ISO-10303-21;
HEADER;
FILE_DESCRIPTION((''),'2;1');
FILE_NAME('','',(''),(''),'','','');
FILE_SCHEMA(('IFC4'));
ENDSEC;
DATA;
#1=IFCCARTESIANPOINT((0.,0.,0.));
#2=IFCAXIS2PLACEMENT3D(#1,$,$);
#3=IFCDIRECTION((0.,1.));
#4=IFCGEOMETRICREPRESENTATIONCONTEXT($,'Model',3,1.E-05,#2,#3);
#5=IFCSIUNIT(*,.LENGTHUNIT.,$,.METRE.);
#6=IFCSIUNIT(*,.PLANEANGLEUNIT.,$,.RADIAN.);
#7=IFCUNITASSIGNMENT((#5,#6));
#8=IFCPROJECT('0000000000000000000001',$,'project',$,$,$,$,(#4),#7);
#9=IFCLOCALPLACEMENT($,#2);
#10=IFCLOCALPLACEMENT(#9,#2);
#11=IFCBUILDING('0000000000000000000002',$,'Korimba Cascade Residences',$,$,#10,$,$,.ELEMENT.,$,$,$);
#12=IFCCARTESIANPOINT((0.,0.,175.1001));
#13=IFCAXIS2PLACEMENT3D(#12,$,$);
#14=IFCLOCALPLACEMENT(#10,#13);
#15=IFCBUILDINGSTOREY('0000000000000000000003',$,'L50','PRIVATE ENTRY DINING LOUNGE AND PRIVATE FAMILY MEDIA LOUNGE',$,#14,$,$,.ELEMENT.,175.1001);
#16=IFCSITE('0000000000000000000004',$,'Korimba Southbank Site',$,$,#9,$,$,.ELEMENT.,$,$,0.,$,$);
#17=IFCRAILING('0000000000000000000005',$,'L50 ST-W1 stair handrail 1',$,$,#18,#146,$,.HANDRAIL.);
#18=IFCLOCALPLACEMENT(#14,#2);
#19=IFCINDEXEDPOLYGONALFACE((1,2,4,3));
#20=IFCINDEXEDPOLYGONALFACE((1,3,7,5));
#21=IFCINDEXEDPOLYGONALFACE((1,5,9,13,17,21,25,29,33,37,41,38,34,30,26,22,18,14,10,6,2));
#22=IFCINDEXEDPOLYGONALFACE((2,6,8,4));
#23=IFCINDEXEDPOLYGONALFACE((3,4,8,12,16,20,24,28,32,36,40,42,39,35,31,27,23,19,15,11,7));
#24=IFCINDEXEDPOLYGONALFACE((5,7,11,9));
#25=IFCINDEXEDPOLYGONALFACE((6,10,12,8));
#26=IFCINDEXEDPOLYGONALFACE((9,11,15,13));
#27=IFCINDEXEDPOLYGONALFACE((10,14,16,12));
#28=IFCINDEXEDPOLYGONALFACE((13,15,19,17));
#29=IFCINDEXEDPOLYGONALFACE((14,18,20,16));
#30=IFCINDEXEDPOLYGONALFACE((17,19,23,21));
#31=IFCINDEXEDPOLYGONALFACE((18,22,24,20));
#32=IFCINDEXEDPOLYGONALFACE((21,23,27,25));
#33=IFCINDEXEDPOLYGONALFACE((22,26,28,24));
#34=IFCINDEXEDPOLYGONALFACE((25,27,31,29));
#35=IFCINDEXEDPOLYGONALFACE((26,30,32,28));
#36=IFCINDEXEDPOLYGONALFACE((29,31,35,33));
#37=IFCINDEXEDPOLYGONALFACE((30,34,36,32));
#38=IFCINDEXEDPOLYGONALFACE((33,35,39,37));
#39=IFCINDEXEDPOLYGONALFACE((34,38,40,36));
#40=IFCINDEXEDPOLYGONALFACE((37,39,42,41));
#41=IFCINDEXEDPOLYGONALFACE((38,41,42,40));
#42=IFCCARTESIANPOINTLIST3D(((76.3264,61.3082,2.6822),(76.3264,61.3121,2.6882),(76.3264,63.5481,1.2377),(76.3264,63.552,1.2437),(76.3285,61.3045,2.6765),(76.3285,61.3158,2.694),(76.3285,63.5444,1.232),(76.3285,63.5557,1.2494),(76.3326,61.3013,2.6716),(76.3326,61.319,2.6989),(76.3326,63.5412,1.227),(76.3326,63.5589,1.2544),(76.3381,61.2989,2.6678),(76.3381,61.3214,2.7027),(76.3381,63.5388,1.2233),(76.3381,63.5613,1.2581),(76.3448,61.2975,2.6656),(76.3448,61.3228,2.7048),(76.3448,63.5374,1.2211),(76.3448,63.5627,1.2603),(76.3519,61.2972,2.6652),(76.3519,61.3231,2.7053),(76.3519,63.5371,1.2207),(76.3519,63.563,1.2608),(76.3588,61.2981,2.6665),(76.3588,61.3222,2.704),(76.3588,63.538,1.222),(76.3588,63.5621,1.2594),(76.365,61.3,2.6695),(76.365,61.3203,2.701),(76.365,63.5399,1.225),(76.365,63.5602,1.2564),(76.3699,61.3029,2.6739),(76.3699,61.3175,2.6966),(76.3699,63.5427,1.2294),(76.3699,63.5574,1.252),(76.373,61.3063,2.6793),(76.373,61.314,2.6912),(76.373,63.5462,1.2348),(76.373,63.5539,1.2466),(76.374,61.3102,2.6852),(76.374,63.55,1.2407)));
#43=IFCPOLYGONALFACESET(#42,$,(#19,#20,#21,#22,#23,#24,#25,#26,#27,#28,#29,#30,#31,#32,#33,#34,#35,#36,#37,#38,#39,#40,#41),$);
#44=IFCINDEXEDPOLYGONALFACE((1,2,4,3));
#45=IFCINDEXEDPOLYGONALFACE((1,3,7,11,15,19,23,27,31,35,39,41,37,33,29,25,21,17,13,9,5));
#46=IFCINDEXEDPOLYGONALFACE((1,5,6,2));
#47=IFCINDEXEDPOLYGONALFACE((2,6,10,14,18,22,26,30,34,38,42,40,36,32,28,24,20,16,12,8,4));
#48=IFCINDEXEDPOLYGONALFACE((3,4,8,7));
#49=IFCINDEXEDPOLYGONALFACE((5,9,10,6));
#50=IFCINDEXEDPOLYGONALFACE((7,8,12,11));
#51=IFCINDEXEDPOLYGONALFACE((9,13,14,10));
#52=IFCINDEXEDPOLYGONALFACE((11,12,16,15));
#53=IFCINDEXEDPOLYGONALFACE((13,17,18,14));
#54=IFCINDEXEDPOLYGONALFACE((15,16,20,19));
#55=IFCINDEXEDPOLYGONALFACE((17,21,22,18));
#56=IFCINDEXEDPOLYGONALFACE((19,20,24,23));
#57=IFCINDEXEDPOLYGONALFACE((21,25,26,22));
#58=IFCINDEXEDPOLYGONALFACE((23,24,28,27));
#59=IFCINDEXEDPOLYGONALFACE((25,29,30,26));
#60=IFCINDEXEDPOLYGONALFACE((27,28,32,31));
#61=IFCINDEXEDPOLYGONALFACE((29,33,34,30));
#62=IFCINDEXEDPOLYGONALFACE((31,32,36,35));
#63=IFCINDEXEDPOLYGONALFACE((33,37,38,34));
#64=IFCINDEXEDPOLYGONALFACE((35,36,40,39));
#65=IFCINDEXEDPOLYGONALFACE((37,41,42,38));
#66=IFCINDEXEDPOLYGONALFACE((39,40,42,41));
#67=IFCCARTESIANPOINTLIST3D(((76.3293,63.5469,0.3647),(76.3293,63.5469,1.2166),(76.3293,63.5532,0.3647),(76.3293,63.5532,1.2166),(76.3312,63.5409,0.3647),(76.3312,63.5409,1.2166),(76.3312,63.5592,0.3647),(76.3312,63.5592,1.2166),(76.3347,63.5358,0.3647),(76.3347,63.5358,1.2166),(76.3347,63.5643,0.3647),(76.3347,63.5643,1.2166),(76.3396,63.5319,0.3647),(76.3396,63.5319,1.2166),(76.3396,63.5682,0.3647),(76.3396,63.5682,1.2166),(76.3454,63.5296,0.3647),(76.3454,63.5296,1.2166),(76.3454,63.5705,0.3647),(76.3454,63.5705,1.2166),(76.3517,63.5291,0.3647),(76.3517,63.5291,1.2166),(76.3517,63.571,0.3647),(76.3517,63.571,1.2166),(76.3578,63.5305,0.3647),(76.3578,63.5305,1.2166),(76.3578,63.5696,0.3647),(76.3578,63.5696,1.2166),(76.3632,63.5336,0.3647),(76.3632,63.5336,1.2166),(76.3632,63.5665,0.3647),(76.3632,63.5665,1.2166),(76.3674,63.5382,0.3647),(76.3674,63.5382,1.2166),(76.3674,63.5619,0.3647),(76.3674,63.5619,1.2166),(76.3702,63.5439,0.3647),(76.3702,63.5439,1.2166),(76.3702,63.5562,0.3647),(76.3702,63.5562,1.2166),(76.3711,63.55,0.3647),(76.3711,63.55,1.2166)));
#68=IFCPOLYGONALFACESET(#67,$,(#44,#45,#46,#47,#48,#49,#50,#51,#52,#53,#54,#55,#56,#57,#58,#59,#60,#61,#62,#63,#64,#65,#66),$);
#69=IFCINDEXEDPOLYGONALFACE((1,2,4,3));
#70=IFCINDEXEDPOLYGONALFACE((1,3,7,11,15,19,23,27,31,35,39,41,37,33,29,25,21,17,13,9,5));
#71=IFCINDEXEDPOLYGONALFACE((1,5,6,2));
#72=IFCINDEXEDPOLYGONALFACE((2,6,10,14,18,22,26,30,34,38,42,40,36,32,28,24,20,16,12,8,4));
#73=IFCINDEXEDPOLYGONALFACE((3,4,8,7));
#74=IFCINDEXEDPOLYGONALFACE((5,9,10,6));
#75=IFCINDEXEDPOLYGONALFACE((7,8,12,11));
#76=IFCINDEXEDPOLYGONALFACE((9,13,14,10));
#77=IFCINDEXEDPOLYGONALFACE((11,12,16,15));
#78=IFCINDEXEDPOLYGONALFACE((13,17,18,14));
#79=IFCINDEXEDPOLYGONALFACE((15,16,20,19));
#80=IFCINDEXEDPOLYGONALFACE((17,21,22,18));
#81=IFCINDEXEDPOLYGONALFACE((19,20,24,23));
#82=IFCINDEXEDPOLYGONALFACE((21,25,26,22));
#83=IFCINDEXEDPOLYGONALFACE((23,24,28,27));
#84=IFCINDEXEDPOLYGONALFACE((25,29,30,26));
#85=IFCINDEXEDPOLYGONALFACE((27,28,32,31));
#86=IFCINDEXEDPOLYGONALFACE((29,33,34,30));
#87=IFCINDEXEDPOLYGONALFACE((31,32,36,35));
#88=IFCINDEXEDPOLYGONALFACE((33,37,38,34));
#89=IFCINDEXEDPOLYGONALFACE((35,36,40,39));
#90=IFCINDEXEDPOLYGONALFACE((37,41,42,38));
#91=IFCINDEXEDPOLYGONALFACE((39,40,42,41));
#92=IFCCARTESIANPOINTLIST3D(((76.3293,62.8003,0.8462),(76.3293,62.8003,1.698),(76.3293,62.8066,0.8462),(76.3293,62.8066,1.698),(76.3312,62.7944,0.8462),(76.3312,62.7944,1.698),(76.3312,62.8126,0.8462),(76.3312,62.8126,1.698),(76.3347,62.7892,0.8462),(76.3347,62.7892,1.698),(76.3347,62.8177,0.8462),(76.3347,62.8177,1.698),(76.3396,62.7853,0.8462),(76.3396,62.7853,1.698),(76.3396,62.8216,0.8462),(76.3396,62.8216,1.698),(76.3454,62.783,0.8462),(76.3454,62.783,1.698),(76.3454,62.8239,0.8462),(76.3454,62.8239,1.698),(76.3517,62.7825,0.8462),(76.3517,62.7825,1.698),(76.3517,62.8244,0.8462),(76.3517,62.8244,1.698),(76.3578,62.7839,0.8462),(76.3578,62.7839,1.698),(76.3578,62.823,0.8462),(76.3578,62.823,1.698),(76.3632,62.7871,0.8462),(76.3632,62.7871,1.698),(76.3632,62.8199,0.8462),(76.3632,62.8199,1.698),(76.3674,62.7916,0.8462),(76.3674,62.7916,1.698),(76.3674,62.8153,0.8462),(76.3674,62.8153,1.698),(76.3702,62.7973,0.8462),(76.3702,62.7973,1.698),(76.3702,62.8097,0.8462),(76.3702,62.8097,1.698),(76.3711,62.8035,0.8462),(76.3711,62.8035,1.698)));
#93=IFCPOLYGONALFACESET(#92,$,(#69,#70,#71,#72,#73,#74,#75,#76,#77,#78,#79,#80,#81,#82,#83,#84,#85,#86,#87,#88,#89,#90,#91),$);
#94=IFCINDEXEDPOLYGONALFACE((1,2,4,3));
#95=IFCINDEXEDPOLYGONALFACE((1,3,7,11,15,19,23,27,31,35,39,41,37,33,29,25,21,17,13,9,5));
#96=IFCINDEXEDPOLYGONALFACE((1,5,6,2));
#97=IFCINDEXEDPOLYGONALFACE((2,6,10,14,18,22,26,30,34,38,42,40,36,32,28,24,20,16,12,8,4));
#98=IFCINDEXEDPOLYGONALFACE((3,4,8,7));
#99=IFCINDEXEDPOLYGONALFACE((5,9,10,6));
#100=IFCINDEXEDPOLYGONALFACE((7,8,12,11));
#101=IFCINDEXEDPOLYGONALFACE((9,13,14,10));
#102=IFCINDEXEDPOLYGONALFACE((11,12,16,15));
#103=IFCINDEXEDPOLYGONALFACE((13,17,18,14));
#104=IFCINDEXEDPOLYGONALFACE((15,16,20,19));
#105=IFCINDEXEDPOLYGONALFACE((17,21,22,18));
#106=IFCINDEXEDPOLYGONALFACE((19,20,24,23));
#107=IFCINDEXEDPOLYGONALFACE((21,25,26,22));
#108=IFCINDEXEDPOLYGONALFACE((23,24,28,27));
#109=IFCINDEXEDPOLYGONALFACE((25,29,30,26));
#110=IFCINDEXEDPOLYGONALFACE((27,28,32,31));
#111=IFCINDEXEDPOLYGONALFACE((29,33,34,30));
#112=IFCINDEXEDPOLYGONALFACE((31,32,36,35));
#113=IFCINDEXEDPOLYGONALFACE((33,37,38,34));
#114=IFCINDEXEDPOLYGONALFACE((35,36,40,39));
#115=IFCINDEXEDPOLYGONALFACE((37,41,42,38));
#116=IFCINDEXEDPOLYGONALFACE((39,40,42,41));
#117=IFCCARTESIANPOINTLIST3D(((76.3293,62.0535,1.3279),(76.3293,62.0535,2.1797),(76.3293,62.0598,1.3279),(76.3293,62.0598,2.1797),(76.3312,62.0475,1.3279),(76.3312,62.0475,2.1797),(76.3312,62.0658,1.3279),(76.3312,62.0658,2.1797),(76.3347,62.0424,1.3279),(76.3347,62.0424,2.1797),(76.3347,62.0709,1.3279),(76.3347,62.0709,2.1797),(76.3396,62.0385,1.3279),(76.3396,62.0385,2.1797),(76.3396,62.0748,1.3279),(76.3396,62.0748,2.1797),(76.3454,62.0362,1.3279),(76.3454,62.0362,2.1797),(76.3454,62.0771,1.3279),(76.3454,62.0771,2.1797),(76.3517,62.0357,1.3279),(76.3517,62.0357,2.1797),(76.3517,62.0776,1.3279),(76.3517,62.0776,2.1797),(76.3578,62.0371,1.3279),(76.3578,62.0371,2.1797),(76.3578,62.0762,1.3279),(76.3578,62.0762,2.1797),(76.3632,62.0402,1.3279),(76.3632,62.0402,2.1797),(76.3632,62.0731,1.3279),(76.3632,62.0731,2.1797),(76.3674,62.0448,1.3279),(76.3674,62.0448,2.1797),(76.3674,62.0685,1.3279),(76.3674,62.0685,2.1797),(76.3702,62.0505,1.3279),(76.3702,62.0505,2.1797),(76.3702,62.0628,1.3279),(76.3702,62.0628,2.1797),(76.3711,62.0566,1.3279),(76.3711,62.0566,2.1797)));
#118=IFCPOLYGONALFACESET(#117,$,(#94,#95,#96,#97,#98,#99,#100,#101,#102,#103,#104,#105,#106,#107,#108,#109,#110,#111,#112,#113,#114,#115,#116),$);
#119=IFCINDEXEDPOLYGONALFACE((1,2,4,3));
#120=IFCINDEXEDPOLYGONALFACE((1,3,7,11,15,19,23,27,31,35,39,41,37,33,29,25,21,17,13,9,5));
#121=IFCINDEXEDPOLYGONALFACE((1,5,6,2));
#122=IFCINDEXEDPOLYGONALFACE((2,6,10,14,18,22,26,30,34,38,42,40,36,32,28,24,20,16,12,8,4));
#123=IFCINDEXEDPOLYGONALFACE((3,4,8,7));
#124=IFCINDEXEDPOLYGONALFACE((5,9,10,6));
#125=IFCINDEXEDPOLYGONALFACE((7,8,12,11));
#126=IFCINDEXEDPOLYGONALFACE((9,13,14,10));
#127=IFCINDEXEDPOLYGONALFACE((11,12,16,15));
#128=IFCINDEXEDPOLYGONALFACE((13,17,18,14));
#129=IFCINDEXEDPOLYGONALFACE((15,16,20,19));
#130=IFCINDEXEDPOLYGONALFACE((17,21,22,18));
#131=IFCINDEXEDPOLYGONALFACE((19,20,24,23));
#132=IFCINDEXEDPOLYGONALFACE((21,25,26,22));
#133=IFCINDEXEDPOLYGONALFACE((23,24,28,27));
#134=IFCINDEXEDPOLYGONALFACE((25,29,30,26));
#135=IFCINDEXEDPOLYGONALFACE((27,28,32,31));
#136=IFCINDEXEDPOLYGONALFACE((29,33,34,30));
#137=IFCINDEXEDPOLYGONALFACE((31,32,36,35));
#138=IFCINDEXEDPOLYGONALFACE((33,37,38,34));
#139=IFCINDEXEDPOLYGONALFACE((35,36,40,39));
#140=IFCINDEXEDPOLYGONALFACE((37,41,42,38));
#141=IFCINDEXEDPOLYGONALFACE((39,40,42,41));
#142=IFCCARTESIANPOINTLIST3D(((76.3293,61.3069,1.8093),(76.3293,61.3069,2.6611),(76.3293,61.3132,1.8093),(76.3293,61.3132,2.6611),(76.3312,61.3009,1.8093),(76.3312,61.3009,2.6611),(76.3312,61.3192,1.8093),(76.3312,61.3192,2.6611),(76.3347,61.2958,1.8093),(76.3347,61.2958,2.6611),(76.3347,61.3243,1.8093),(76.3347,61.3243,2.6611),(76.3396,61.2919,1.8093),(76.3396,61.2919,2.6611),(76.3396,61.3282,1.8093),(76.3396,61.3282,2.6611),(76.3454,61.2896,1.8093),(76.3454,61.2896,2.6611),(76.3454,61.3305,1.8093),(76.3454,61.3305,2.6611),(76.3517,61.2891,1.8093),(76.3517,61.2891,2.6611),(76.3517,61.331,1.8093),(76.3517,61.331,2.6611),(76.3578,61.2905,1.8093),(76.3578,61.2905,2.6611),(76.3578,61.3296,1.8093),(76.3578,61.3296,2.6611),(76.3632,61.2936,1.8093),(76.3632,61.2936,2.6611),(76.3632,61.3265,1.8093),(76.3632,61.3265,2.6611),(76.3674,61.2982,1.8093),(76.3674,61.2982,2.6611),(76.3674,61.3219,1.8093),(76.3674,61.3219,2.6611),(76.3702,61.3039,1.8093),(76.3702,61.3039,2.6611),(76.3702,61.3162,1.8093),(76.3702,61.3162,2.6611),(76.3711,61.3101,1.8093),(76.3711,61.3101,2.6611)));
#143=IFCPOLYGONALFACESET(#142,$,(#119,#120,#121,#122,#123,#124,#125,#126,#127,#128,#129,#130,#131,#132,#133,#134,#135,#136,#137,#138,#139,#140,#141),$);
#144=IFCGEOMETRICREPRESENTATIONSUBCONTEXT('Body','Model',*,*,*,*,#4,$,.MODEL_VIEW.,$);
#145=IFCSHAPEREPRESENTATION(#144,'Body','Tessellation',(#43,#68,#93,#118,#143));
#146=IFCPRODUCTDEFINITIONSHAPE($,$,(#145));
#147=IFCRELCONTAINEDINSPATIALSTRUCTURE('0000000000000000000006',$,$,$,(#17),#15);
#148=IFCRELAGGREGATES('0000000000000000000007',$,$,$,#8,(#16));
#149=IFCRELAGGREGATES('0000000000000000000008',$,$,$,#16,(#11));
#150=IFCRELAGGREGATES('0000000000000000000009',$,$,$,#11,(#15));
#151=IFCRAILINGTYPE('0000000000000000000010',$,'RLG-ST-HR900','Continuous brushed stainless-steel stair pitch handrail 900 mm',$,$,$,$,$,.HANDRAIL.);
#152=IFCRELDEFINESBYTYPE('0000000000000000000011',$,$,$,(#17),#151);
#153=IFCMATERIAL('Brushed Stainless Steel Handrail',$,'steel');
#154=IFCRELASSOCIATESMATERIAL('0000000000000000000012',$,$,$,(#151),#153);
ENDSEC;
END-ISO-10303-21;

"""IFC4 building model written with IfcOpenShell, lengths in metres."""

from ifc_helpers import new_model, si_unit, direction, frame, origin, origin_2d, place, context, subcontext, project, spatial, circle, extrude, material, type_object, element, save


model = new_model("IFC4")

# Units and contexts
model_context = context("Model", 3, precision=1e-05, world=origin(), true_north=direction((0.0, 1.0)))
body_context = subcontext(model_context, "Body", "Model", "MODEL_VIEW")
ifc_project = project(units=[si_unit("LENGTHUNIT", "METRE"), si_unit("PLANEANGLEUNIT", "RADIAN")], contexts=[model_context])

# Site, building, storey
site_placement = place(None, origin())
site = spatial("IfcSite", under=ifc_project, at=site_placement, Name="Korimba Southbank Site", CompositionType="ELEMENT", RefElevation=0.0)
building_placement = place(site_placement, origin())
building = spatial("IfcBuilding", under=site, at=building_placement, Name="Korimba Cascade Residences", CompositionType="ELEMENT")
storey_placement = place(building_placement, frame((0.0, 0.0, 175.1001)))
storey = spatial("IfcBuildingStorey", under=building, at=storey_placement, Name="L50", Description="PRIVATE ENTRY DINING LOUNGE AND PRIVATE FAMILY MEDIA LOUNGE", CompositionType="ELEMENT", Elevation=175.1001)

# Railing
ifc_material_1 = material(Name="Brushed Stainless Steel Handrail", Category="steel")
railing_type_1 = type_object("IfcRailingType", Name="RLG-ST-HR900", Description="Continuous brushed stainless-steel stair pitch handrail 900 mm", PredefinedType="HANDRAIL", material=ifc_material_1)
railing_1_placement = place(storey_placement, frame((76.3501, 63.55, 0.3647)))
element("IfcRailing", 1, at=railing_1_placement, inside=storey, type_object=railing_type_1, Name="L50 ST-W1 stair handrail 1", PredefinedType="HANDRAIL", context=body_context, shape_type="SweptSolid", body=[
    extrude(circle(Radius=0.0239, at=origin_2d()), frame((0.0, 0.0, 0.876), z_axis=(0.0, -0.840395, 0.541975), x_axis=(1.0, 0.0, 0.0)), (0.0, 0.0, 1.0), 2.6653),
    extrude(circle(Radius=0.021, at=origin_2d()), origin(), (0.0, 0.0, 1.0), 0.8518),
    extrude(circle(Radius=0.021, at=origin_2d()), frame((0.0, -0.7466, 0.4814)), (0.0, 0.0, 1.0), 0.8518),
    extrude(circle(Radius=0.021, at=origin_2d()), frame((0.0, -1.4934, 0.9631)), (0.0, 0.0, 1.0), 0.8518),
    extrude(circle(Radius=0.021, at=origin_2d()), frame((0.0, -2.24, 1.4446)), (0.0, 0.0, 1.0), 0.8518),
])

save(model, "model.ifc")
